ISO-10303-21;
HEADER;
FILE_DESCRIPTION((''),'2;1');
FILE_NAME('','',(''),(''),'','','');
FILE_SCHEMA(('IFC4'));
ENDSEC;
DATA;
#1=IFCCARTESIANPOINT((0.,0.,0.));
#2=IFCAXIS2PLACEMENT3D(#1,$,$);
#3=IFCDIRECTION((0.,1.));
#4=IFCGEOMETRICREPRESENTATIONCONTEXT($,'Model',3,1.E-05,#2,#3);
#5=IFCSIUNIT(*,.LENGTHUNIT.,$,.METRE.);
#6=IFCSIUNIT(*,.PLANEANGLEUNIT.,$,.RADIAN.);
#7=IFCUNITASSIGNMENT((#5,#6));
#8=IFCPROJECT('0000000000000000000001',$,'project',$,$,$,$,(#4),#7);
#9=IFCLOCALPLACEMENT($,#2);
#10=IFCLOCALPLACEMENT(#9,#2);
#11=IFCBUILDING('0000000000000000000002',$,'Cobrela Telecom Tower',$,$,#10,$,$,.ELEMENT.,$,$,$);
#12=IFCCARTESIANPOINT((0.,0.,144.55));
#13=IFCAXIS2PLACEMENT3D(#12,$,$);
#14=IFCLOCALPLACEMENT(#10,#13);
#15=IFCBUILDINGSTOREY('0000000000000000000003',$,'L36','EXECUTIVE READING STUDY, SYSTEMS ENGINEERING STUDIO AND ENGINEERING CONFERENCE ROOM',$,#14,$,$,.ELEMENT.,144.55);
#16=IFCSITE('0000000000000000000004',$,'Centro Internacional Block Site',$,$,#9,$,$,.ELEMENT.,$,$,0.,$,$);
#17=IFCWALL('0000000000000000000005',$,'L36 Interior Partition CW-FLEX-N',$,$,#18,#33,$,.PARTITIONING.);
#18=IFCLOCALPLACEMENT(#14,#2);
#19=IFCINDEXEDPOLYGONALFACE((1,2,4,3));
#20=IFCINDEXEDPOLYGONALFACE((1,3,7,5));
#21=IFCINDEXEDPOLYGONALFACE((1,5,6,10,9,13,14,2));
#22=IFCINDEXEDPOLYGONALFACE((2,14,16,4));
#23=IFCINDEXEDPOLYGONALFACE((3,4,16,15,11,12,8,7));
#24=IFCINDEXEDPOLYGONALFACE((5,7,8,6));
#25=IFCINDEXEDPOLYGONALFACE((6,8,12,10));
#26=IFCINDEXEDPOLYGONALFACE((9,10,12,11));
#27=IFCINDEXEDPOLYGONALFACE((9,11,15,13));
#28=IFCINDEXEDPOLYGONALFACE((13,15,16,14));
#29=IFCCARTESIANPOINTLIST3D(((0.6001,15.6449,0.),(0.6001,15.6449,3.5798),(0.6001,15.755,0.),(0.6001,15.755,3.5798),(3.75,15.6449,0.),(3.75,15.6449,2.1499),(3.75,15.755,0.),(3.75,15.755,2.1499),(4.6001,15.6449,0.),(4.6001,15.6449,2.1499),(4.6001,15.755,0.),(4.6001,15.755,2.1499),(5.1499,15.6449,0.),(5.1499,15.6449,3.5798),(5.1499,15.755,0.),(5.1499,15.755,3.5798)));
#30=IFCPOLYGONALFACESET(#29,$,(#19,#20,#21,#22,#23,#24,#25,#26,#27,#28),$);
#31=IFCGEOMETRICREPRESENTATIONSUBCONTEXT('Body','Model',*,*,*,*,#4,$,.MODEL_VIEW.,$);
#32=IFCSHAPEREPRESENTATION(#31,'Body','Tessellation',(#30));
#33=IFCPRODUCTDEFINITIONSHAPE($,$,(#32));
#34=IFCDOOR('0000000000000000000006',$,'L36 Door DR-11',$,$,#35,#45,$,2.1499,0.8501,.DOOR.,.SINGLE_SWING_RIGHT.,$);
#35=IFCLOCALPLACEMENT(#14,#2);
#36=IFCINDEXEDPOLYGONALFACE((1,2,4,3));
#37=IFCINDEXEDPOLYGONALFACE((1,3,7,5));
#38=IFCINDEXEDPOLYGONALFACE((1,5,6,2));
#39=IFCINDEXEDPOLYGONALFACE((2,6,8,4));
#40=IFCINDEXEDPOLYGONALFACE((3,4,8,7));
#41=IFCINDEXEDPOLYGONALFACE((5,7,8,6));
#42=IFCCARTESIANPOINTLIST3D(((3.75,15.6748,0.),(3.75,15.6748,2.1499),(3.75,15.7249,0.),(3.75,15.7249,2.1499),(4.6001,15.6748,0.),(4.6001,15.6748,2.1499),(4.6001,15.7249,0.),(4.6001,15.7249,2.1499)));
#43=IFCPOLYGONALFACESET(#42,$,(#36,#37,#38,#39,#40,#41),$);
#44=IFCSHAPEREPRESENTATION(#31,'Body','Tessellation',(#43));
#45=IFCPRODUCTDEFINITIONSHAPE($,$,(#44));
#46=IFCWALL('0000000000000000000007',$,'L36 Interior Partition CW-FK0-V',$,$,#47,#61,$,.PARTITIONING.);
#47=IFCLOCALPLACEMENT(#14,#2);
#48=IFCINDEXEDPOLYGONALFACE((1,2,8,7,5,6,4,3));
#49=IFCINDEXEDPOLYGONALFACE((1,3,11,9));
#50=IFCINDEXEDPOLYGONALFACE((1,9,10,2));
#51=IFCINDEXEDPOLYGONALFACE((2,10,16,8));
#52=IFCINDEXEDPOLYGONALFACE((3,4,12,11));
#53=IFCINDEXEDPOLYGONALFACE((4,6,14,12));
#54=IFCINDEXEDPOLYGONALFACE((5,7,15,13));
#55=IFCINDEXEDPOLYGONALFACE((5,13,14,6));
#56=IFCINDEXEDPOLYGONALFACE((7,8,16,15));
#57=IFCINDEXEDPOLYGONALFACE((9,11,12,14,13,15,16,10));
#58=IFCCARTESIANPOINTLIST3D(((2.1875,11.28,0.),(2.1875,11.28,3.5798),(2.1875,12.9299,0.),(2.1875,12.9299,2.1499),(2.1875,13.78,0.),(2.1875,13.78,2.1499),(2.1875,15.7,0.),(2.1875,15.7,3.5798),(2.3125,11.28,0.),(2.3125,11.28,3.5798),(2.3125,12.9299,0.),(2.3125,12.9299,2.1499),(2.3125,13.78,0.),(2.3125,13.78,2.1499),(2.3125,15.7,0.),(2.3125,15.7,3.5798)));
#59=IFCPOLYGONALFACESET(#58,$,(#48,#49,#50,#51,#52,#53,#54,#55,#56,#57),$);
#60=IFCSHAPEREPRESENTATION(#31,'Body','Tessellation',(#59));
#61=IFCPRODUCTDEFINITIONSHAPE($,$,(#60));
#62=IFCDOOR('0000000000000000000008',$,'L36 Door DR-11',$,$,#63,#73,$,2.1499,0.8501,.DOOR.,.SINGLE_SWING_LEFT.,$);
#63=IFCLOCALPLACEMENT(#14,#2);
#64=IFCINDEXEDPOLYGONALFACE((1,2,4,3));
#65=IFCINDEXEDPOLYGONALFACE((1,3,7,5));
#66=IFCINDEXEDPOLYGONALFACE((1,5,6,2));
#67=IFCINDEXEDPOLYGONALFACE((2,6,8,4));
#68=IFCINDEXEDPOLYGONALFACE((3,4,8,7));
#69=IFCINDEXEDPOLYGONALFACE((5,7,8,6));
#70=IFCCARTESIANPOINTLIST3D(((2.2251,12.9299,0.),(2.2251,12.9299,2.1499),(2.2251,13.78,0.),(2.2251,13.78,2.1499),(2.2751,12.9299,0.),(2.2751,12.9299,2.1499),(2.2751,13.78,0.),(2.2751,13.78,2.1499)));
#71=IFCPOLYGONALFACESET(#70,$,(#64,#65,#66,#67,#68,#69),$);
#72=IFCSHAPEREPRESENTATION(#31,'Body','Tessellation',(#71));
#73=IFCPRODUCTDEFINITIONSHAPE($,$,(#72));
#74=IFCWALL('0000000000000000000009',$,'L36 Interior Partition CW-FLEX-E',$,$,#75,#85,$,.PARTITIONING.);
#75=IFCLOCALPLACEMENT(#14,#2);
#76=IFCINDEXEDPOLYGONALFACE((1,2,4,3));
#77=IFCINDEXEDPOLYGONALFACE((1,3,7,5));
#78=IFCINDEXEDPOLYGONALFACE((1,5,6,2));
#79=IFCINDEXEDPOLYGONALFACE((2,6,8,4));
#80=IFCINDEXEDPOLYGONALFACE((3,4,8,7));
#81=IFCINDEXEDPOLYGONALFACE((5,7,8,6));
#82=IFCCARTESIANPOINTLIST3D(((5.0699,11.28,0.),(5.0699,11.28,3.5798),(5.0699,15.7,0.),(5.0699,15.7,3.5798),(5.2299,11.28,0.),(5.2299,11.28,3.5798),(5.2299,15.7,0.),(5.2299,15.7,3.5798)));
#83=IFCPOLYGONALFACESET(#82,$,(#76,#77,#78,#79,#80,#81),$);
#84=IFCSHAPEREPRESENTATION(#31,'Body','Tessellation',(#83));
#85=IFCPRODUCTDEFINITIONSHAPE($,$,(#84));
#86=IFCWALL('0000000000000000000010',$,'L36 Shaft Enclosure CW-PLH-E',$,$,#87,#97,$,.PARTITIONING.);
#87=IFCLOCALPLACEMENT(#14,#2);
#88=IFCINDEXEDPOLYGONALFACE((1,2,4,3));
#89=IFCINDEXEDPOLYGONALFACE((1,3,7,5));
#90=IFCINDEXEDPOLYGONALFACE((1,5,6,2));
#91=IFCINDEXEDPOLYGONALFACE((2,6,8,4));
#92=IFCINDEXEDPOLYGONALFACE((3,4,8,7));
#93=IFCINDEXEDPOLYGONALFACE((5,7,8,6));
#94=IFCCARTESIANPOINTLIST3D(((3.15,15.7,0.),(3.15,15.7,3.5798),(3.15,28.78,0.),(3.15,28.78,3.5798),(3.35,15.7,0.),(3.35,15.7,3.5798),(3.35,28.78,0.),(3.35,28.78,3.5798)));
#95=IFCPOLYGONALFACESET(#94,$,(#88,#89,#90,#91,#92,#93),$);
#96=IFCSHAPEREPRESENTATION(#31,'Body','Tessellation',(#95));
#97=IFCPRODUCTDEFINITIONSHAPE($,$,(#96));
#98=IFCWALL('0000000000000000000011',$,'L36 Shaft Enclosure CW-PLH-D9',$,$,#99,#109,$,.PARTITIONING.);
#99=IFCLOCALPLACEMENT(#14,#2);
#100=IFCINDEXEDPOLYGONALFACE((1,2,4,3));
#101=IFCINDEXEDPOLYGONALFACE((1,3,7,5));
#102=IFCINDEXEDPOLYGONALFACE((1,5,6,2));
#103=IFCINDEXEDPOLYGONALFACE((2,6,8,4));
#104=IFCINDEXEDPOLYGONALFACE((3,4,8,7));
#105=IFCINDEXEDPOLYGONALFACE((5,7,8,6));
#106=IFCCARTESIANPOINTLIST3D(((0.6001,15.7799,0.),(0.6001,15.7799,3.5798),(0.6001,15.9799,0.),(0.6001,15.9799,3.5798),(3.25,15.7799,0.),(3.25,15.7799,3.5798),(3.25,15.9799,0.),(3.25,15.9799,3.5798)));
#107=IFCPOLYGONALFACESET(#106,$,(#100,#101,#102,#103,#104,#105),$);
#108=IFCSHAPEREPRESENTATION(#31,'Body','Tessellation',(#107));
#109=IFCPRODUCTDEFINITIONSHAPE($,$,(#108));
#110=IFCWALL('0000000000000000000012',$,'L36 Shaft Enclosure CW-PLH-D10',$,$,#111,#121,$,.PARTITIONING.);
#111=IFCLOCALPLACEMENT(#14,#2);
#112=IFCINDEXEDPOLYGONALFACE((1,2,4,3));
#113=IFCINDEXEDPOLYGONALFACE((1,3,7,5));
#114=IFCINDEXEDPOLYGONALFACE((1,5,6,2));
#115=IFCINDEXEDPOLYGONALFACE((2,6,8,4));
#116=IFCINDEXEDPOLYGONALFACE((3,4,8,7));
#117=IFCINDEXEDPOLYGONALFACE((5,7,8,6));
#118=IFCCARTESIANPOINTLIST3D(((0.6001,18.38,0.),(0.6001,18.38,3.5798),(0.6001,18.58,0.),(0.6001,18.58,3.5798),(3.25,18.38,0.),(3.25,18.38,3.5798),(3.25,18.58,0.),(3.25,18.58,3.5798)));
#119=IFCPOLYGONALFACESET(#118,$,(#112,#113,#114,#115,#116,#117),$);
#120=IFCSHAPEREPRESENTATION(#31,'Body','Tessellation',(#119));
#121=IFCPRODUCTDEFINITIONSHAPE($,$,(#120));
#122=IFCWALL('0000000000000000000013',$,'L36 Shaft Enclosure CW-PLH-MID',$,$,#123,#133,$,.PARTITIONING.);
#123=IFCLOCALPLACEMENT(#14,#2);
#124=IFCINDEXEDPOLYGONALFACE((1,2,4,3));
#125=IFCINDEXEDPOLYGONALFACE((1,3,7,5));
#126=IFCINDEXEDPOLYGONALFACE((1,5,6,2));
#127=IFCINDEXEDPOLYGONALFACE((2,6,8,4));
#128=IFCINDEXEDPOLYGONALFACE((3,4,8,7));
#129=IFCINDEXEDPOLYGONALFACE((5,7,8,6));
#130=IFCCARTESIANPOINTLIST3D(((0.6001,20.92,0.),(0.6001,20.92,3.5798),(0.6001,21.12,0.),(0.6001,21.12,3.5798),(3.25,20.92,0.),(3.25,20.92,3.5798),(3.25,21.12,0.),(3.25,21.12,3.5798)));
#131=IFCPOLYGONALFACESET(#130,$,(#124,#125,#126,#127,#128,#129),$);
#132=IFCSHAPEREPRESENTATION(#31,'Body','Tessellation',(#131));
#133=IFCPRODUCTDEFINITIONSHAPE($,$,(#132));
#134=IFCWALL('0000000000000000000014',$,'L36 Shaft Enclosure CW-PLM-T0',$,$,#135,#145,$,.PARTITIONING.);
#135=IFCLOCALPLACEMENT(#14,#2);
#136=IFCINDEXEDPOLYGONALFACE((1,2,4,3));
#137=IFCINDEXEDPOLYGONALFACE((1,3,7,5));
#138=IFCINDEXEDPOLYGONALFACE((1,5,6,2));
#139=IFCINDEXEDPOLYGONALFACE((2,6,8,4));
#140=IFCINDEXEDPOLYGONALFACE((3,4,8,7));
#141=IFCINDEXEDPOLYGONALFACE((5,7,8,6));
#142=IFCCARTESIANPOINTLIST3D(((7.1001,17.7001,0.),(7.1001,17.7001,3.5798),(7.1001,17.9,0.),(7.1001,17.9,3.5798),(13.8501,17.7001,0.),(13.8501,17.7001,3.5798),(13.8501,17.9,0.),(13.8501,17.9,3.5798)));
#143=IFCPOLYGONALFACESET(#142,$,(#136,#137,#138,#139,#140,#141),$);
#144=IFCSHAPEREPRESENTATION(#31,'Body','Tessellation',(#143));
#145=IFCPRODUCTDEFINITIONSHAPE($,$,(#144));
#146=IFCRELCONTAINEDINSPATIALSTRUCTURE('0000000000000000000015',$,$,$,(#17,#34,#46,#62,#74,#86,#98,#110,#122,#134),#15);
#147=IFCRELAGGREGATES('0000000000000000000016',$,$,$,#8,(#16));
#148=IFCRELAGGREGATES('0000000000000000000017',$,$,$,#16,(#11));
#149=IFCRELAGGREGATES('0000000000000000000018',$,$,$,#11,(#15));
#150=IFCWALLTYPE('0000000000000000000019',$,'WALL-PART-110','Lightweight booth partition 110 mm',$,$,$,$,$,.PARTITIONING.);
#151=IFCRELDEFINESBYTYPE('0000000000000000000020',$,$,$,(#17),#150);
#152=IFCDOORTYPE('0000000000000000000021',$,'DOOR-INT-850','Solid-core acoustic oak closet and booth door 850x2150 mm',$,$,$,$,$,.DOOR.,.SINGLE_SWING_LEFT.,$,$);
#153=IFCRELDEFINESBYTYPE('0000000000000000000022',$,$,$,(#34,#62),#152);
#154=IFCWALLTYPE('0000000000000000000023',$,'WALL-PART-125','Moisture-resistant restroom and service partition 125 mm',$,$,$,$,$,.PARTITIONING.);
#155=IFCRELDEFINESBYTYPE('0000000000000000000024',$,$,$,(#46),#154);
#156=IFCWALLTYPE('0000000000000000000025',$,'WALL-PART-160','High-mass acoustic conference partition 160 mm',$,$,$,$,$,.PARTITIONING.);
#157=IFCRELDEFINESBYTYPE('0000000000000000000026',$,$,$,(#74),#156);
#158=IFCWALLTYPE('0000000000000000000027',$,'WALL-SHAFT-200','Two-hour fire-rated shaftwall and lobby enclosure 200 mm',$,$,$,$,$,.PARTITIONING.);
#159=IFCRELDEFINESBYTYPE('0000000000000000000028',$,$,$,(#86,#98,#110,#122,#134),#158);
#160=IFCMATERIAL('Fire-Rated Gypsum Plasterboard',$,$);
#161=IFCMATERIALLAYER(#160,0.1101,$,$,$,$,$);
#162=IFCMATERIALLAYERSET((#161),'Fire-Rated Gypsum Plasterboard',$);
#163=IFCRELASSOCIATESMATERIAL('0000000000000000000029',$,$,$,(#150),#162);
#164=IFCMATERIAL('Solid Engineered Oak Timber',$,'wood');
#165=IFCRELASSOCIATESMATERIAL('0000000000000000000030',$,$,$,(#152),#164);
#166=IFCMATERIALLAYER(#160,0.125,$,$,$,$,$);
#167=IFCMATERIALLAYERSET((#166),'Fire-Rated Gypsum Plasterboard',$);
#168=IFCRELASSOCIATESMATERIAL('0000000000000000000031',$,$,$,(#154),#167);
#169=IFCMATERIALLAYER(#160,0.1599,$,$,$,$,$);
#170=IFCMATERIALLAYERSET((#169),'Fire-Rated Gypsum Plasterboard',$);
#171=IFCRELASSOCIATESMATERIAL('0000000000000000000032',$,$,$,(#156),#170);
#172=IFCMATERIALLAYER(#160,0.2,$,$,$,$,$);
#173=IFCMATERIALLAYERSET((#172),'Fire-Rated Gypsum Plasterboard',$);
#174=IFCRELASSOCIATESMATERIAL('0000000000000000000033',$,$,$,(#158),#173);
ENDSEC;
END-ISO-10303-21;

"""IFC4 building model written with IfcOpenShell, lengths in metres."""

from ifc_helpers import new_model, si_unit, direction, frame, frame_2d, origin, place, context, subcontext, project, spatial, rectangle, extrude, material, layer, layer_set, type_object, element, fill, save


model = new_model("IFC4")

# Units and contexts
model_context = context("Model", 3, precision=1e-05, world=origin(), true_north=direction((0.0, 1.0)))
body_context = subcontext(model_context, "Body", "Model", "MODEL_VIEW")
ifc_project = project(units=[si_unit("LENGTHUNIT", "METRE"), si_unit("PLANEANGLEUNIT", "RADIAN")], contexts=[model_context])

# Site, building, storey
site_placement = place(None, origin())
site = spatial("IfcSite", under=ifc_project, at=site_placement, Name="Centro Internacional Block Site", CompositionType="ELEMENT", RefElevation=0.0)
building_placement = place(site_placement, origin())
building = spatial("IfcBuilding", under=site, at=building_placement, Name="Cobrela Telecom Tower", CompositionType="ELEMENT")
storey_placement = place(building_placement, frame((0.0, 0.0, 144.55)))
storey = spatial("IfcBuildingStorey", under=building, at=storey_placement, Name="L36", Description="EXECUTIVE READING STUDY, SYSTEMS ENGINEERING STUDIO AND ENGINEERING CONFERENCE ROOM", CompositionType="ELEMENT", Elevation=144.55)

# Walls, openings, doors
ifc_material_1 = material(Name="Fire-Rated Gypsum Plasterboard")
ifc_layer_1 = layer(ifc_material_1, 0.1101)
ifc_layer_set_1 = layer_set([ifc_layer_1], Name="Fire-Rated Gypsum Plasterboard")
wall_type_1 = type_object("IfcWallType", Name="WALL-PART-110", Description="Lightweight booth partition 110 mm", PredefinedType="PARTITIONING", material=ifc_layer_set_1)
wall_1_placement = place(storey_placement, frame((0.6001, 15.7, 0.0), z_axis=(0.0, 0.0, 1.0), x_axis=(1.0, 0.0, 0.0)))
wall_1 = element("IfcWall", 1, at=wall_1_placement, inside=storey, type_object=wall_type_1, Name="L36 Interior Partition CW-FLEX-N", PredefinedType="PARTITIONING", context=body_context, shape_type="SweptSolid", body=[
    extrude(rectangle(XDim=4.5498, YDim=0.1101, at=frame_2d((2.2749, 0.0))), origin(), (0.0, 0.0, 1.0), 3.5798),
])
opening_1_placement = place(wall_1_placement, frame((3.1499, 0.0, 0.0)))
opening_1 = element("IfcOpeningElement", 2, at=opening_1_placement, cuts=wall_1, PredefinedType="OPENING", context=body_context, shape_type="SweptSolid", body=[
    extrude(rectangle(XDim=0.8501, YDim=2.1499, at=frame_2d((0.425, 1.075))), frame((0.0, 0.0669, 0.0), z_axis=(0.0, -1.0, 0.0), x_axis=(1.0, 0.0, 0.0)), (0.0, 0.0, 1.0), 0.134),
])
ifc_material_2 = material(Name="Solid Engineered Oak Timber", Category="wood")
door_type_1 = type_object("IfcDoorType", Name="DOOR-INT-850", Description="Solid-core acoustic oak closet and booth door 850x2150 mm", OperationType="SINGLE_SWING_LEFT", PredefinedType="DOOR", material=ifc_material_2)
door_1_placement = place(opening_1_placement, origin())
door_1 = element("IfcDoor", 3, at=door_1_placement, inside=storey, type_object=door_type_1, Name="L36 Door DR-11", OperationType="SINGLE_SWING_RIGHT", OverallHeight=2.1499, OverallWidth=0.8501, PredefinedType="DOOR", context=body_context, shape_type="SweptSolid", body=[
    extrude(rectangle(XDim=0.8501, YDim=2.1499, at=frame_2d((0.425, 1.075))), frame((0.0, 0.0249, 0.0), z_axis=(0.0, -1.0, 0.0), x_axis=(1.0, 0.0, 0.0)), (0.0, 0.0, 1.0), 0.05),
])
fill(opening_1, door_1)
ifc_layer_2 = layer(ifc_material_1, 0.125)
ifc_layer_set_2 = layer_set([ifc_layer_2], Name="Fire-Rated Gypsum Plasterboard")
wall_type_2 = type_object("IfcWallType", Name="WALL-PART-125", Description="Moisture-resistant restroom and service partition 125 mm", PredefinedType="PARTITIONING", material=ifc_layer_set_2)
wall_2_placement = place(storey_placement, frame((2.25, 11.28, 0.0), z_axis=(0.0, 0.0, 1.0), x_axis=(0.0, 1.0, 0.0)))
wall_2 = element("IfcWall", 4, at=wall_2_placement, inside=storey, type_object=wall_type_2, Name="L36 Interior Partition CW-FK0-V", PredefinedType="PARTITIONING", context=body_context, shape_type="SweptSolid", body=[
    extrude(rectangle(XDim=4.4199, YDim=0.125, at=frame_2d((2.21, 0.0))), origin(), (0.0, 0.0, 1.0), 3.5798),
])
opening_2_placement = place(wall_2_placement, frame((1.6499, 0.0, 0.0)))
opening_2 = element("IfcOpeningElement", 5, at=opening_2_placement, cuts=wall_2, PredefinedType="OPENING", context=body_context, shape_type="SweptSolid", body=[
    extrude(rectangle(XDim=0.8501, YDim=2.1499, at=frame_2d((0.425, 1.075))), frame((0.0, 0.0745, 0.0), z_axis=(0.0, -1.0, 0.0), x_axis=(1.0, 0.0, 0.0)), (0.0, 0.0, 1.0), 0.1489),
])
door_2_placement = place(opening_2_placement, origin())
door_2 = element("IfcDoor", 6, at=door_2_placement, inside=storey, type_object=door_type_1, Name="L36 Door DR-11", OperationType="SINGLE_SWING_LEFT", OverallHeight=2.1499, OverallWidth=0.8501, PredefinedType="DOOR", context=body_context, shape_type="SweptSolid", body=[
    extrude(rectangle(XDim=0.8501, YDim=2.1499, at=frame_2d((0.425, 1.075))), frame((0.0, 0.0249, 0.0), z_axis=(0.0, -1.0, 0.0), x_axis=(1.0, 0.0, 0.0)), (0.0, 0.0, 1.0), 0.05),
])
fill(opening_2, door_2)

# Walls
ifc_layer_3 = layer(ifc_material_1, 0.1599)
ifc_layer_set_3 = layer_set([ifc_layer_3], Name="Fire-Rated Gypsum Plasterboard")
wall_type_3 = type_object("IfcWallType", Name="WALL-PART-160", Description="High-mass acoustic conference partition 160 mm", PredefinedType="PARTITIONING", material=ifc_layer_set_3)
wall_3_placement = place(storey_placement, frame((5.1499, 11.28, 0.0), z_axis=(0.0, 0.0, 1.0), x_axis=(0.0, 1.0, 0.0)))
element("IfcWall", 7, at=wall_3_placement, inside=storey, type_object=wall_type_3, Name="L36 Interior Partition CW-FLEX-E", PredefinedType="PARTITIONING", context=body_context, shape_type="SweptSolid", body=[
    extrude(rectangle(XDim=4.4199, YDim=0.1599, at=frame_2d((2.21, 0.0))), origin(), (0.0, 0.0, 1.0), 3.5798),
])
ifc_layer_4 = layer(ifc_material_1, 0.2)
ifc_layer_set_4 = layer_set([ifc_layer_4], Name="Fire-Rated Gypsum Plasterboard")
wall_type_4 = type_object("IfcWallType", Name="WALL-SHAFT-200", Description="Two-hour fire-rated shaftwall and lobby enclosure 200 mm", PredefinedType="PARTITIONING", material=ifc_layer_set_4)
wall_4_placement = place(storey_placement, frame((3.25, 15.7, 0.0), z_axis=(0.0, 0.0, 1.0), x_axis=(0.0, 1.0, 0.0)))
element("IfcWall", 8, at=wall_4_placement, inside=storey, type_object=wall_type_4, Name="L36 Shaft Enclosure CW-PLH-E", PredefinedType="PARTITIONING", context=body_context, shape_type="SweptSolid", body=[
    extrude(rectangle(XDim=13.0801, YDim=0.2, at=frame_2d((6.54, 0.0))), origin(), (0.0, 0.0, 1.0), 3.5798),
])
for number, where, z_axis, x_axis, name in (
    (9, (0.6001, 15.8799, 0.0), (0.0, 0.0, 1.0), (1.0, 0.0, 0.0), "L36 Shaft Enclosure CW-PLH-D9"),
    (10, (0.6001, 18.48, 0.0), (0.0, 0.0, 1.0), (1.0, 0.0, 0.0), "L36 Shaft Enclosure CW-PLH-D10"),
    (11, (0.6001, 21.02, 0.0), (0.0, 0.0, 1.0), (1.0, 0.0, 0.0), "L36 Shaft Enclosure CW-PLH-MID"),
):
    element("IfcWall", number, at=place(storey_placement, frame(where, z_axis=z_axis, x_axis=x_axis)), inside=storey, type_object=wall_type_4, Name=name, PredefinedType="PARTITIONING", context=body_context, shape_type="SweptSolid", body=[
        extrude(rectangle(XDim=2.6499, YDim=0.2, at=frame_2d((1.325, 0.0))), origin(), (0.0, 0.0, 1.0), 3.5798),
    ])
wall_5_placement = place(storey_placement, frame((7.1001, 17.8, 0.0), z_axis=(0.0, 0.0, 1.0), x_axis=(1.0, 0.0, 0.0)))
element("IfcWall", 12, at=wall_5_placement, inside=storey, type_object=wall_type_4, Name="L36 Shaft Enclosure CW-PLM-T0", PredefinedType="PARTITIONING", context=body_context, shape_type="SweptSolid", body=[
    extrude(rectangle(XDim=6.75, YDim=0.2, at=frame_2d((3.375, 0.0))), origin(), (0.0, 0.0, 1.0), 3.5798),
])

save(model, "model.ifc")
